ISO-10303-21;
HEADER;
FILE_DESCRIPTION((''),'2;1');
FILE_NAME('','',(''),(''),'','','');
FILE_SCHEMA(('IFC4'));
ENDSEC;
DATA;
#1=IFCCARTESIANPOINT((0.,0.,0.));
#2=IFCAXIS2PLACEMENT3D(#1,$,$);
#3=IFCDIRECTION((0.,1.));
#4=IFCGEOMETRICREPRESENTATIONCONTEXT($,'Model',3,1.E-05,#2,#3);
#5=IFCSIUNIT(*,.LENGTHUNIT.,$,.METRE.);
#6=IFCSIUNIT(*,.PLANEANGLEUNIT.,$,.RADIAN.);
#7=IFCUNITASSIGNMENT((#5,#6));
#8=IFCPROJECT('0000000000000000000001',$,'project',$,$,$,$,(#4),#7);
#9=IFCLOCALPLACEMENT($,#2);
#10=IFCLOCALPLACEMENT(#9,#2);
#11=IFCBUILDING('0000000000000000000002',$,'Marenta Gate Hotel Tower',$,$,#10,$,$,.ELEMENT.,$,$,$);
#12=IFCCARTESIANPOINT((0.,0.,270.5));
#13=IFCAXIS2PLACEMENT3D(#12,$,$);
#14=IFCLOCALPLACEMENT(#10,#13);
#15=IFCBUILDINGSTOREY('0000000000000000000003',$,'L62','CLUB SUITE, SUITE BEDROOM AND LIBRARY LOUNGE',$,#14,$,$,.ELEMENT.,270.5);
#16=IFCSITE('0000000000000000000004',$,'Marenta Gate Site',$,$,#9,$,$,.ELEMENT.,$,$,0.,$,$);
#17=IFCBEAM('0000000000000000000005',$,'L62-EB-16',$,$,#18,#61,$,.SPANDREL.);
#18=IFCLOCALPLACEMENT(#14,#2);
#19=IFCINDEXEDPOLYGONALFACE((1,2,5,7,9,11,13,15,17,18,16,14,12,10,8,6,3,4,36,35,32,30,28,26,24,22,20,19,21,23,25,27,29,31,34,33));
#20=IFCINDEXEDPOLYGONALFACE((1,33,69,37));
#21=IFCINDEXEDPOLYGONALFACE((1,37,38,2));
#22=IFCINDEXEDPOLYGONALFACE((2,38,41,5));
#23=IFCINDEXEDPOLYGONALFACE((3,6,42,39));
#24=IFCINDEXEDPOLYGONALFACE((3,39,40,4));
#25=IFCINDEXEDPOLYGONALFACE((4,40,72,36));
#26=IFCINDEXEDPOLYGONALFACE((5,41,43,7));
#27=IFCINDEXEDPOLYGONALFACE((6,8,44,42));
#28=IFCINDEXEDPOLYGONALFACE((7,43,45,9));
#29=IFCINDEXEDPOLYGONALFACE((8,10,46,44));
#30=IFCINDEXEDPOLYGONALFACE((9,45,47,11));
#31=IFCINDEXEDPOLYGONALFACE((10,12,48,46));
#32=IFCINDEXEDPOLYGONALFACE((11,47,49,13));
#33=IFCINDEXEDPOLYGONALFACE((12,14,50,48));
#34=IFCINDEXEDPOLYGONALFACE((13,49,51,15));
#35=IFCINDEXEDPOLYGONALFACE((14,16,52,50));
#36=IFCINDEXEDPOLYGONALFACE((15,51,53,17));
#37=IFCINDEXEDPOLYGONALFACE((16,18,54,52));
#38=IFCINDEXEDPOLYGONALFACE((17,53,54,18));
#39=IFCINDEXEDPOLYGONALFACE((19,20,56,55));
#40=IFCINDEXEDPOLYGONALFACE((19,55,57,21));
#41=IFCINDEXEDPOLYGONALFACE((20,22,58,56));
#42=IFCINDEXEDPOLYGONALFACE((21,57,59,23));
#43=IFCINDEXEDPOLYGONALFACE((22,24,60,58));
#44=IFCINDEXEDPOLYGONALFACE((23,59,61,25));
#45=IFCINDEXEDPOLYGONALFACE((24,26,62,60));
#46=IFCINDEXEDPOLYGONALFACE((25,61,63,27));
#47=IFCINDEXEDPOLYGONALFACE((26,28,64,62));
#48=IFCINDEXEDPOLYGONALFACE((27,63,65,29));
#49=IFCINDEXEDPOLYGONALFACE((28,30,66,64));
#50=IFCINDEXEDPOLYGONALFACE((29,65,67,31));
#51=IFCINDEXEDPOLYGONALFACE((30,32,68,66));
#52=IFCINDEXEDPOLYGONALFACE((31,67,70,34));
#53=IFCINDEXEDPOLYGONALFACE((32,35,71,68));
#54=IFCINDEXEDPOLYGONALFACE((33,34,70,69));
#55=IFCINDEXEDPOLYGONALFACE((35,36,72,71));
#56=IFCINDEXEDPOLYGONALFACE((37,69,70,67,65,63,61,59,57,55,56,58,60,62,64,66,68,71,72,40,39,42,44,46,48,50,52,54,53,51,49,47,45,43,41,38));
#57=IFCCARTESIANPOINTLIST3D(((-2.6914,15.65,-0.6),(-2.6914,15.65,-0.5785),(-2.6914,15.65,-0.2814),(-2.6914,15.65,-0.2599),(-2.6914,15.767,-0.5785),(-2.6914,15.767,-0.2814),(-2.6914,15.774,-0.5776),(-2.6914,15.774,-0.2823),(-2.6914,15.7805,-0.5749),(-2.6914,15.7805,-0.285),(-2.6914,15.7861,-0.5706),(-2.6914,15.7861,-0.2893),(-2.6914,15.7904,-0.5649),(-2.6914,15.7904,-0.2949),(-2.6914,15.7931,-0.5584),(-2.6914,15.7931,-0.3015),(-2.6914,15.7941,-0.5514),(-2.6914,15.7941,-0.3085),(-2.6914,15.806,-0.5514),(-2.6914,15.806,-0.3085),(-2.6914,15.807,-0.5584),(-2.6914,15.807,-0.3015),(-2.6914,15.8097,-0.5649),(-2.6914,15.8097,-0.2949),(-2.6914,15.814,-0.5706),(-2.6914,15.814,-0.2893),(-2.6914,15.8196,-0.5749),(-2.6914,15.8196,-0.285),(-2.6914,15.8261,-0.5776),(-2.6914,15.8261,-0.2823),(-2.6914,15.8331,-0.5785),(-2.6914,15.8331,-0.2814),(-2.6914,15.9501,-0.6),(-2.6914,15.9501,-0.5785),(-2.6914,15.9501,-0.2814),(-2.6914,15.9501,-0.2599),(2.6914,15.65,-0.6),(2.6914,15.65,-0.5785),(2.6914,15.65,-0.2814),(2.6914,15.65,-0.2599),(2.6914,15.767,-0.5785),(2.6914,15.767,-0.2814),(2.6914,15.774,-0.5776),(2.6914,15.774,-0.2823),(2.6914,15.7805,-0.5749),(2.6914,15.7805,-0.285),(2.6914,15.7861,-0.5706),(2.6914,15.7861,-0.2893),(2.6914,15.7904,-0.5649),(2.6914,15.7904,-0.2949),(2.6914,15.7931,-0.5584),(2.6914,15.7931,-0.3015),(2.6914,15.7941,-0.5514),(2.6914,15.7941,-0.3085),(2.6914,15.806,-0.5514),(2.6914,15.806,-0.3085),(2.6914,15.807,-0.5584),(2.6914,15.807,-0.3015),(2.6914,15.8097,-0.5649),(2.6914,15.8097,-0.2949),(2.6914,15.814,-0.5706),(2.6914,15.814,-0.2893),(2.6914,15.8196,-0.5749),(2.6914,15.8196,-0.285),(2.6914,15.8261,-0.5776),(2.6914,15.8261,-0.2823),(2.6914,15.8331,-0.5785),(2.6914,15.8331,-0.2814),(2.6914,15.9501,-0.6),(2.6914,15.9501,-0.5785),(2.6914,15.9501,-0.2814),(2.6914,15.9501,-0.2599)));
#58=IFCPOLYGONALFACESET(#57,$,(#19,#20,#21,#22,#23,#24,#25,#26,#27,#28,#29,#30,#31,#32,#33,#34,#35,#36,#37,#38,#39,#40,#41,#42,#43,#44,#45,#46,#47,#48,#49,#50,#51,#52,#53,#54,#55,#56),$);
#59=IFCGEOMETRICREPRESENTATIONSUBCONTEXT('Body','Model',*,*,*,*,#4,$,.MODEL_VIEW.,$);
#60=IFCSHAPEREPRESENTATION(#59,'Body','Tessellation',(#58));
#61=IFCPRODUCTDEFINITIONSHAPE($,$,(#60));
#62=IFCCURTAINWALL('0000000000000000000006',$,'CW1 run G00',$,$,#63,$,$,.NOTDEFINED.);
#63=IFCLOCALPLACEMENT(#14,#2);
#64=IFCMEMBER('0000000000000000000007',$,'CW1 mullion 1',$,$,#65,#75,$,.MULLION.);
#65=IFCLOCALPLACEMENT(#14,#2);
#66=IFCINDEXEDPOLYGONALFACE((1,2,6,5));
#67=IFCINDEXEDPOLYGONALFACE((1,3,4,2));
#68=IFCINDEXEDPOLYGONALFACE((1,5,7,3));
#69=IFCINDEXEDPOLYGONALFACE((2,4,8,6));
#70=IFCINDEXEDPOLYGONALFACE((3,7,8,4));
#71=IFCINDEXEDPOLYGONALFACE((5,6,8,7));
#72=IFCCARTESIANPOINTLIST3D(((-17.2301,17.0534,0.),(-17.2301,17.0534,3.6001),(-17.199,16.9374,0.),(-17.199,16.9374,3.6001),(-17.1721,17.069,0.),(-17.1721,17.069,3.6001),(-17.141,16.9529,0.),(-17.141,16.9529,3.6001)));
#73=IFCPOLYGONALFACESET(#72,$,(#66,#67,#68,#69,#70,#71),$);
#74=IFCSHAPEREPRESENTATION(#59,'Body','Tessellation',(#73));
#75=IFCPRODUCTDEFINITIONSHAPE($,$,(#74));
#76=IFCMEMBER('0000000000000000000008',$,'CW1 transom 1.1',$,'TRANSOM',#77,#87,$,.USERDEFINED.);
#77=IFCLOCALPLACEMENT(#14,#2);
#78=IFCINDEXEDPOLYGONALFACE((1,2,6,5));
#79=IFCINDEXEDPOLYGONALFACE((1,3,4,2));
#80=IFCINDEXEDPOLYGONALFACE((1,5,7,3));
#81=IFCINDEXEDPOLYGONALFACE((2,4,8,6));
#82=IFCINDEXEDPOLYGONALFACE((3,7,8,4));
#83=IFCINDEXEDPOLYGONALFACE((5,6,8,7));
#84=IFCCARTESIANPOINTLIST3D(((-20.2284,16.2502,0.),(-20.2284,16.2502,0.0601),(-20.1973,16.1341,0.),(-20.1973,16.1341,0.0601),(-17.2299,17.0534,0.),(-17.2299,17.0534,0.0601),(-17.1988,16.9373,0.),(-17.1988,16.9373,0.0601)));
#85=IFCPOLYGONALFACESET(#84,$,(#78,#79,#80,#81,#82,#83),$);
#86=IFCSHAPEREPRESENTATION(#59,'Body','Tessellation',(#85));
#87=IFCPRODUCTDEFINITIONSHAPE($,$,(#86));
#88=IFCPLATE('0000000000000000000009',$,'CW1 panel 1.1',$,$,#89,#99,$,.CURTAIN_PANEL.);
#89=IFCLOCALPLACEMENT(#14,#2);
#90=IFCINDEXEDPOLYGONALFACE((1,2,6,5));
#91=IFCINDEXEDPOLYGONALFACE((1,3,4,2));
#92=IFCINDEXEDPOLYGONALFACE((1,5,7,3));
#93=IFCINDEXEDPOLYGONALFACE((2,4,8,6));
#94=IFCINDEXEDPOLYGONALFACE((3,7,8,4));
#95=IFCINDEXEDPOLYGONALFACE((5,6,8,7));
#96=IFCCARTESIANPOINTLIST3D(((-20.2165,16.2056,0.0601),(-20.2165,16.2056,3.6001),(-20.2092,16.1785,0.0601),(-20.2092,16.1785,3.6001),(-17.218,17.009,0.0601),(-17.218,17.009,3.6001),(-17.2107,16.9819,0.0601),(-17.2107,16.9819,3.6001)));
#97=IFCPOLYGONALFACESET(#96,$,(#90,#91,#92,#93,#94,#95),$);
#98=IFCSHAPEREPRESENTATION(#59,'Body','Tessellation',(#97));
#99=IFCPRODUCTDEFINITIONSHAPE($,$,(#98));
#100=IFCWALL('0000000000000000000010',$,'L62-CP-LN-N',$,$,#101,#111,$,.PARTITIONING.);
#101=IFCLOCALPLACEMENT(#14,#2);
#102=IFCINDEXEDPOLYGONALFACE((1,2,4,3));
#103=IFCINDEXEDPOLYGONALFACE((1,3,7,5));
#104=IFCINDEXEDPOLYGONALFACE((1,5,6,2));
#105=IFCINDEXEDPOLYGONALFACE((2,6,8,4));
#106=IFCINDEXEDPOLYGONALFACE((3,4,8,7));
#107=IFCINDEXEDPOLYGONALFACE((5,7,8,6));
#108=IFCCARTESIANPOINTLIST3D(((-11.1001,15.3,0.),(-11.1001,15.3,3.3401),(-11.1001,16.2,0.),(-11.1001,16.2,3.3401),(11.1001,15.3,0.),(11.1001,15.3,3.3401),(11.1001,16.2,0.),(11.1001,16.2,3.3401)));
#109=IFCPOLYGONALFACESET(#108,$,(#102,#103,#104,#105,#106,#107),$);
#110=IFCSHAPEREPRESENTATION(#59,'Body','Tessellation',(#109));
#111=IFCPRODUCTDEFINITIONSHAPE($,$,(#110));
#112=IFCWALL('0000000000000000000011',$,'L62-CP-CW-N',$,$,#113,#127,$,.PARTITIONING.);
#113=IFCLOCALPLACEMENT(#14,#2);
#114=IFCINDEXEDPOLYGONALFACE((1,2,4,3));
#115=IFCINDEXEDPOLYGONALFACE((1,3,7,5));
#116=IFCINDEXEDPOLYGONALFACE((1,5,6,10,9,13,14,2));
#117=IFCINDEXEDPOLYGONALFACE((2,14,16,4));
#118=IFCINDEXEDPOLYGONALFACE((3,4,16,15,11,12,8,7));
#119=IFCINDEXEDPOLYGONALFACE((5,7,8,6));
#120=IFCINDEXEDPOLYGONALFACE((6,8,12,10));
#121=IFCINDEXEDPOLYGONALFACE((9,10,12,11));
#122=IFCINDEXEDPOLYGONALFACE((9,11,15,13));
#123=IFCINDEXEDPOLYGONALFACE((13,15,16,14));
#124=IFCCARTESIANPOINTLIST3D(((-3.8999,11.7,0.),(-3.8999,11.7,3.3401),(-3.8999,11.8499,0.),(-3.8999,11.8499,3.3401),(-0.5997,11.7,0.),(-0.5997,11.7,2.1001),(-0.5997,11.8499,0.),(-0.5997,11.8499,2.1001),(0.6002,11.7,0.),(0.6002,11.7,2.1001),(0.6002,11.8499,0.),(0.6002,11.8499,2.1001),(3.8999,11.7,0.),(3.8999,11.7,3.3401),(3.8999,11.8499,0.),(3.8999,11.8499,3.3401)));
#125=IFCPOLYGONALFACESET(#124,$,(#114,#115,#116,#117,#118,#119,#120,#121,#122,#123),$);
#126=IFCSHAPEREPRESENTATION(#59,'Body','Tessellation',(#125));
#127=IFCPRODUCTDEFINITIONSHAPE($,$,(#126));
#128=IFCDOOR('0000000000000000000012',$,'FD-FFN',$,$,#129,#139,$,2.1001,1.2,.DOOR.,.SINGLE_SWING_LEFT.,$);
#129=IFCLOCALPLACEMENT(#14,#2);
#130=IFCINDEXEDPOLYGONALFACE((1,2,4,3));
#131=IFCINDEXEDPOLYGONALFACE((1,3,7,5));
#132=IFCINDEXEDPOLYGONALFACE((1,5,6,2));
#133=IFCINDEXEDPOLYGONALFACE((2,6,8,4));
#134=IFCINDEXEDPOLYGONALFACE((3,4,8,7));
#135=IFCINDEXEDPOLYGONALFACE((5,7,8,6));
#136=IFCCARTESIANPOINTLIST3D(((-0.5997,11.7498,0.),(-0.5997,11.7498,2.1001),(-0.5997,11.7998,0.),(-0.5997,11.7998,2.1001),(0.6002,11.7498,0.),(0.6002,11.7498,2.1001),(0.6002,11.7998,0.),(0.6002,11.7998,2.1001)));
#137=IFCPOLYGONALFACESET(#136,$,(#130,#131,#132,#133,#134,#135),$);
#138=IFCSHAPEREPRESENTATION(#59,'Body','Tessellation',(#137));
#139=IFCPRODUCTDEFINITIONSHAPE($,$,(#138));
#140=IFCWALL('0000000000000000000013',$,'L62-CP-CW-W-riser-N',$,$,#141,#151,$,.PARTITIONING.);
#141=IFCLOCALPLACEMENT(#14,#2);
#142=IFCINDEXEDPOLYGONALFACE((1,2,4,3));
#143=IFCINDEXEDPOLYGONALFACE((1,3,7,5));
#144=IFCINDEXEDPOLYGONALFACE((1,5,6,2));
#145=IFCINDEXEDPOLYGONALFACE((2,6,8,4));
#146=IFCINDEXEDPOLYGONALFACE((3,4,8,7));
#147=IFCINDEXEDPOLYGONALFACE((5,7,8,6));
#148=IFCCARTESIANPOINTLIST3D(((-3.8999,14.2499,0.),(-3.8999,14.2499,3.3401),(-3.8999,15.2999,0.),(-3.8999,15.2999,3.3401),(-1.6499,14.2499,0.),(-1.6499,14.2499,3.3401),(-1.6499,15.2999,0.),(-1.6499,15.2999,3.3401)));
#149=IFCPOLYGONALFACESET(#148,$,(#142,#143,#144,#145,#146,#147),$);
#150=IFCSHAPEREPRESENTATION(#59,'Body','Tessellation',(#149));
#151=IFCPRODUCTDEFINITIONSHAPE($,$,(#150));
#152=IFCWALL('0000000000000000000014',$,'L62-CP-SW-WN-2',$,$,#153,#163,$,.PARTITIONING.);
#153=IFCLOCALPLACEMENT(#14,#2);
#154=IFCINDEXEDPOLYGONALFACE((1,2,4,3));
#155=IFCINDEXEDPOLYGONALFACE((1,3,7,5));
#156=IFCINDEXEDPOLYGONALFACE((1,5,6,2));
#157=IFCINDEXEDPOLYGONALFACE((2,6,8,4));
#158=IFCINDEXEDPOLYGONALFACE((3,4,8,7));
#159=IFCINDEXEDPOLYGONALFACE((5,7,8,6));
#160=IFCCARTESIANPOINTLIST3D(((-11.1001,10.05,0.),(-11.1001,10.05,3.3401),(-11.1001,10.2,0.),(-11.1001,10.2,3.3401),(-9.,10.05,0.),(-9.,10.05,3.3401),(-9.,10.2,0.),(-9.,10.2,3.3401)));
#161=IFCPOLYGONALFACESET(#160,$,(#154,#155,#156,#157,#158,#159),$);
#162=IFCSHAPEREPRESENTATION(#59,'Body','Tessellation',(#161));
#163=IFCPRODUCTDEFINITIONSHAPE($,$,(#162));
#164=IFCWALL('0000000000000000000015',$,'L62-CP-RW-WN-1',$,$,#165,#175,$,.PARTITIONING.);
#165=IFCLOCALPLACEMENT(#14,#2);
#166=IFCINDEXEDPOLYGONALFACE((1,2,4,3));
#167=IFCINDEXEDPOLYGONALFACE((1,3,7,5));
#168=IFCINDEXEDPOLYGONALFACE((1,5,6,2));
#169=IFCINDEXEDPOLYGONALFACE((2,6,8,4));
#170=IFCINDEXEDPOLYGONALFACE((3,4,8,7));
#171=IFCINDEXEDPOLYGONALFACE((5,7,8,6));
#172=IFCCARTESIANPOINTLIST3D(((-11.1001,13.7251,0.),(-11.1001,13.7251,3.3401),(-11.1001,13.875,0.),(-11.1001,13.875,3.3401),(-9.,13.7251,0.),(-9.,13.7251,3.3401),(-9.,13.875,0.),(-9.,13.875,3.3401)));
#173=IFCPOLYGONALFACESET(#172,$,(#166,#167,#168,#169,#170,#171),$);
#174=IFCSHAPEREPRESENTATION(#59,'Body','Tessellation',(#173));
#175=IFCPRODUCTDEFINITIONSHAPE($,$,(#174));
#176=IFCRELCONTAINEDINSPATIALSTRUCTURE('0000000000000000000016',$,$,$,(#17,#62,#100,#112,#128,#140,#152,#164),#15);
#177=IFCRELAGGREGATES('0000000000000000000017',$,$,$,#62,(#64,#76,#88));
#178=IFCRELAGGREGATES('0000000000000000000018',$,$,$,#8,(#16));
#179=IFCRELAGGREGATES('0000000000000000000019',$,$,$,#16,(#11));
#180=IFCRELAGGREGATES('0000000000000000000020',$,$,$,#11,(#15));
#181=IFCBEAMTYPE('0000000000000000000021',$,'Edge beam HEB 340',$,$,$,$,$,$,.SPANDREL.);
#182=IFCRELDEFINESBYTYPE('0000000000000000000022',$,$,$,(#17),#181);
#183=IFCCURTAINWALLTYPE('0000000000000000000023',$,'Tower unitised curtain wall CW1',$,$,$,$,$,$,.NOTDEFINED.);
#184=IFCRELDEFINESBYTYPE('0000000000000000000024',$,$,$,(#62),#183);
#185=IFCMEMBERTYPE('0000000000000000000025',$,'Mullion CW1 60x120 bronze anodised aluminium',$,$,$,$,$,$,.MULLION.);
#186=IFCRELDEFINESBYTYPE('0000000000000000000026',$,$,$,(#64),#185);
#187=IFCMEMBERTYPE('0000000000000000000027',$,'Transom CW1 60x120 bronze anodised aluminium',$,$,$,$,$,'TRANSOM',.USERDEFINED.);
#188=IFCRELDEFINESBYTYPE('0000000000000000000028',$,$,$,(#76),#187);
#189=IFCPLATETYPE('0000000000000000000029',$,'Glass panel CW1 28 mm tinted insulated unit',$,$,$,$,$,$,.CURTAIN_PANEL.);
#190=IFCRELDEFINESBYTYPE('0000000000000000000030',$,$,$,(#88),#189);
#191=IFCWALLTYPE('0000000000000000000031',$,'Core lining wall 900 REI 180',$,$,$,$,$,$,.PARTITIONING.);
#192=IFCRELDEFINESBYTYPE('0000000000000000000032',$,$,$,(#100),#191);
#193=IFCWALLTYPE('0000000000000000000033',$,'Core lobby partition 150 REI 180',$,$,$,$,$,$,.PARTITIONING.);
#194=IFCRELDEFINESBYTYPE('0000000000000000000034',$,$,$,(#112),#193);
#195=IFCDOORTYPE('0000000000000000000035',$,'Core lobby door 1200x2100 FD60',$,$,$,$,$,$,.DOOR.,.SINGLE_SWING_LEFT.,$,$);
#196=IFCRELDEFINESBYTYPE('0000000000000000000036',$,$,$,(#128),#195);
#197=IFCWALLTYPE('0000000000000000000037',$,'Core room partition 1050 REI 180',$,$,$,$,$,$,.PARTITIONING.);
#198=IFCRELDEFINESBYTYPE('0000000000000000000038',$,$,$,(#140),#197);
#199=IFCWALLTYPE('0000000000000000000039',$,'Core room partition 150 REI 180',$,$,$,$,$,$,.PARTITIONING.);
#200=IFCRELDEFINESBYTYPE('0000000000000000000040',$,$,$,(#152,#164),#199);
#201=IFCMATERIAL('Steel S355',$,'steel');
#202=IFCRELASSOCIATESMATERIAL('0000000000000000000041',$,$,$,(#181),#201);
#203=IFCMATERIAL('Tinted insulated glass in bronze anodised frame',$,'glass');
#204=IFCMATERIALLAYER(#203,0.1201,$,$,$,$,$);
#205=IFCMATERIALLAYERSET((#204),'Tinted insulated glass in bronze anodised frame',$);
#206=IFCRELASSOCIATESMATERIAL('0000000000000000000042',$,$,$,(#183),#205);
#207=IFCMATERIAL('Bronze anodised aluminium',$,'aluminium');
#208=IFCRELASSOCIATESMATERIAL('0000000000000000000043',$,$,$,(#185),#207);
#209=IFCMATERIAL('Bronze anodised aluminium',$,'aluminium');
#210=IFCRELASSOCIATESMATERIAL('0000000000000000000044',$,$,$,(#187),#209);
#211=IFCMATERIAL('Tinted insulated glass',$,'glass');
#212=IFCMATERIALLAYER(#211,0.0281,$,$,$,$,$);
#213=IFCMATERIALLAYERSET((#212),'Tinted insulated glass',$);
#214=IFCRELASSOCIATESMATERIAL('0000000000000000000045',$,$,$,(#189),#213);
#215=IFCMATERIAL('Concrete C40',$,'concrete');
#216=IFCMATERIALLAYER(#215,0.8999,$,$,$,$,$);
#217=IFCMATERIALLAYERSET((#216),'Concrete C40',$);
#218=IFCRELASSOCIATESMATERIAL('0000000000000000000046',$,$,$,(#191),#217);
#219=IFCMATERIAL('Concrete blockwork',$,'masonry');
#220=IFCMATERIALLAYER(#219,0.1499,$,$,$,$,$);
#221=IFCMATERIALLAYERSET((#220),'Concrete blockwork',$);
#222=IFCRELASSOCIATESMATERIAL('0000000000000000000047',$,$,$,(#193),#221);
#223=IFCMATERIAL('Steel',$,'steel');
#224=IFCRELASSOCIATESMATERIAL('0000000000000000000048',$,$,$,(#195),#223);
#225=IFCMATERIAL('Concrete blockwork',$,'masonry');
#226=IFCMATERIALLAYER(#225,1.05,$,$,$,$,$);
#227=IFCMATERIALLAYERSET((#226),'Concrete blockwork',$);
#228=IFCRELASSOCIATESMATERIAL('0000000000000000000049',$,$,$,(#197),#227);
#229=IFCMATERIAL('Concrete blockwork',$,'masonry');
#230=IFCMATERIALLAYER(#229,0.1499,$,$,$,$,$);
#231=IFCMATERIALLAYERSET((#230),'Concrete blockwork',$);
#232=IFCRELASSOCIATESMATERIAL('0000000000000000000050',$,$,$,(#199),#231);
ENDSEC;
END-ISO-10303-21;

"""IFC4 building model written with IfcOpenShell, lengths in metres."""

from ifc_helpers import new_model, si_unit, direction, frame, frame_2d, origin, origin_2d, place, context, subcontext, project, spatial, rectangle, i_section, extrude, material, layer, layer_set, material_profile, profile_set, type_object, element, fill, aggregate, save


model = new_model("IFC4")

# Units and contexts
model_context = context("Model", 3, precision=1e-05, world=origin(), true_north=direction((0.0, 1.0)))
body_context = subcontext(model_context, "Body", "Model", "MODEL_VIEW")
ifc_project = project(units=[si_unit("LENGTHUNIT", "METRE"), si_unit("PLANEANGLEUNIT", "RADIAN")], contexts=[model_context])

# Site, building, storey
site_placement = place(None, origin())
site = spatial("IfcSite", under=ifc_project, at=site_placement, Name="Marenta Gate Site", CompositionType="ELEMENT", RefElevation=0.0)
building_placement = place(site_placement, origin())
building = spatial("IfcBuilding", under=site, at=building_placement, Name="Marenta Gate Hotel Tower", CompositionType="ELEMENT")
storey_placement = place(building_placement, frame((0.0, 0.0, 270.5)))
storey = spatial("IfcBuildingStorey", under=building, at=storey_placement, Name="L62", Description="CLUB SUITE, SUITE BEDROOM AND LIBRARY LOUNGE", CompositionType="ELEMENT", Elevation=270.5)

# Beam
ifc_material_1 = material(Name="Steel S355", Category="steel")
ifc_material_profile_1 = material_profile(ifc_material_1, i_section(OverallWidth=0.3, OverallDepth=0.3401, WebThickness=0.012, FlangeThickness=0.0215, FilletRadius=0.0271, at=origin_2d()), Name="HEB 340")
ifc_profile_set_1 = profile_set([ifc_material_profile_1], Name="Steel S355")
beam_type = type_object("IfcBeamType", Name="Edge beam HEB 340", PredefinedType="SPANDREL", material=ifc_profile_set_1)
for number, where, z_axis, x_axis, name in (
    (1, (-2.6914, 15.8, -0.4299), (1.0, 0.0, 0.0), (0.0, 1.0, 0.0), "L62-EB-16"),
):
    element("IfcBeam", number, at=place(storey_placement, frame(where, z_axis=z_axis, x_axis=x_axis)), inside=storey, type_object=beam_type, Name=name, PredefinedType="SPANDREL", context=body_context, shape_type="SweptSolid", body=[
        extrude(i_section(OverallWidth=0.3, OverallDepth=0.3401, WebThickness=0.012, FlangeThickness=0.0215, FilletRadius=0.0271, at=origin_2d()), origin(), (0.0, 0.0, 1.0), 5.3828),
    ])

# Curtain wall, members, plate
ifc_material_2 = material(Name="Tinted insulated glass in bronze anodised frame", Category="glass")
ifc_layer_1 = layer(ifc_material_2, 0.1201)
ifc_layer_set_1 = layer_set([ifc_layer_1], Name="Tinted insulated glass in bronze anodised frame")
curtain_wall_type = type_object("IfcCurtainWallType", Name="Tower unitised curtain wall CW1", PredefinedType="NOTDEFINED", material=ifc_layer_set_1)
curtain_wall_placement = place(storey_placement, origin())
curtain_wall = element("IfcCurtainWall", 2, at=curtain_wall_placement, inside=storey, type_object=curtain_wall_type, Name="CW1 run G00", PredefinedType="NOTDEFINED")
ifc_material_3 = material(Name="Bronze anodised aluminium", Category="aluminium")
ifc_material_profile_2 = material_profile(ifc_material_3, rectangle(XDim=0.1201, YDim=0.0601, at=origin_2d()), Name="Mullion CW1 60x120 bronze anodised aluminium")
ifc_profile_set_2 = profile_set([ifc_material_profile_2], Name="Bronze anodised aluminium")
member_type_1 = type_object("IfcMemberType", Name="Mullion CW1 60x120 bronze anodised aluminium", PredefinedType="MULLION", material=ifc_profile_set_2)
member_1_placement = place(storey_placement, frame((-17.1855, 17.0032, 0.0), z_axis=(0.0, 0.0, 1.0), x_axis=(0.258801, -0.965931, 0.0)))
member_1 = element("IfcMember", 3, at=member_1_placement, type_object=member_type_1, Name="CW1 mullion 1", PredefinedType="MULLION", context=body_context, shape_type="SweptSolid", body=[
    extrude(rectangle(XDim=0.1201, YDim=0.0601, at=origin_2d()), origin(), (0.0, 0.0, 1.0), 3.6001),
])
ifc_material_4 = material(Name="Bronze anodised aluminium", Category="aluminium")
ifc_material_profile_3 = material_profile(ifc_material_4, rectangle(XDim=0.1201, YDim=0.0601, at=origin_2d()), Name="Transom CW1 60x120 bronze anodised aluminium")
ifc_profile_set_3 = profile_set([ifc_material_profile_3], Name="Bronze anodised aluminium")
member_type_2 = type_object("IfcMemberType", Name="Transom CW1 60x120 bronze anodised aluminium", ElementType="TRANSOM", PredefinedType="USERDEFINED", material=ifc_profile_set_3)
member_2_placement = place(storey_placement, frame((-17.2144, 16.9954, 0.03), z_axis=(-0.965945, -0.258749, 0.0), x_axis=(0.258749, -0.965945, 0.0)))
member_2 = element("IfcMember", 4, at=member_2_placement, type_object=member_type_2, Name="CW1 transom 1.1", ObjectType="TRANSOM", PredefinedType="USERDEFINED", context=body_context, shape_type="SweptSolid", body=[
    extrude(rectangle(XDim=0.1201, YDim=0.0601, at=origin_2d()), origin(), (0.0, 0.0, 1.0), 3.1042),
])
ifc_material_5 = material(Name="Tinted insulated glass", Category="glass")
ifc_layer_2 = layer(ifc_material_5, 0.0281)
ifc_layer_set_2 = layer_set([ifc_layer_2], Name="Tinted insulated glass")
plate_type = type_object("IfcPlateType", Name="Glass panel CW1 28 mm tinted insulated unit", PredefinedType="CURTAIN_PANEL", material=ifc_layer_set_2)
plate_placement = place(storey_placement, frame((-18.7136, 16.5938, 0.0601), z_axis=(0.0, 0.0, 1.0), x_axis=(-0.965931, -0.258801, 0.0)))
plate = element("IfcPlate", 5, at=plate_placement, type_object=plate_type, Name="CW1 panel 1.1", PredefinedType="CURTAIN_PANEL", context=body_context, shape_type="SweptSolid", body=[
    extrude(rectangle(XDim=3.1042, YDim=0.0281, at=origin_2d()), origin(), (0.0, 0.0, 1.0), 3.54),
])
aggregate(curtain_wall, [member_1, member_2, plate])

# Wall
ifc_material_6 = material(Name="Concrete C40", Category="concrete")
ifc_layer_3 = layer(ifc_material_6, 0.8999)
ifc_layer_set_3 = layer_set([ifc_layer_3], Name="Concrete C40")
wall_type_1 = type_object("IfcWallType", Name="Core lining wall 900 REI 180", PredefinedType="PARTITIONING", material=ifc_layer_set_3)
wall_1_placement = place(storey_placement, frame((-11.1001, 15.75, 0.0), z_axis=(0.0, 0.0, 1.0), x_axis=(1.0, 0.0, 0.0)))
element("IfcWall", 6, at=wall_1_placement, inside=storey, type_object=wall_type_1, Name="L62-CP-LN-N", PredefinedType="PARTITIONING", context=body_context, shape_type="SweptSolid", body=[
    extrude(rectangle(XDim=22.2002, YDim=0.8999, at=frame_2d((11.1001, 0.0))), origin(), (0.0, 0.0, 1.0), 3.3401),
])

# Wall, opening, door
ifc_material_7 = material(Name="Concrete blockwork", Category="masonry")
ifc_layer_4 = layer(ifc_material_7, 0.1499)
ifc_layer_set_4 = layer_set([ifc_layer_4], Name="Concrete blockwork")
wall_type_2 = type_object("IfcWallType", Name="Core lobby partition 150 REI 180", PredefinedType="PARTITIONING", material=ifc_layer_set_4)
wall_2_placement = place(storey_placement, frame((-3.8999, 11.7749, 0.0), z_axis=(0.0, 0.0, 1.0), x_axis=(1.0, 0.0, 0.0)))
wall_2 = element("IfcWall", 7, at=wall_2_placement, inside=storey, type_object=wall_type_2, Name="L62-CP-CW-N", PredefinedType="PARTITIONING", context=body_context, shape_type="SweptSolid", body=[
    extrude(rectangle(XDim=7.7998, YDim=0.1499, at=frame_2d((3.8999, 0.0))), origin(), (0.0, 0.0, 1.0), 3.3401),
])
opening_1_placement = place(wall_2_placement, frame((3.3, 0.0, 0.0)))
opening_1 = element("IfcOpeningElement", 8, at=opening_1_placement, cuts=wall_2, PredefinedType="OPENING", context=body_context, shape_type="SweptSolid", body=[
    extrude(rectangle(XDim=1.2, YDim=2.1001, at=frame_2d((0.6001, 1.05))), frame((0.0, 0.075, 0.0), z_axis=(0.0, -1.0, 0.0), x_axis=(1.0, 0.0, 0.0)), (0.0, 0.0, 1.0), 0.1499),
])
ifc_material_8 = material(Name="Steel", Category="steel")
door_type_1 = type_object("IfcDoorType", Name="Core lobby door 1200x2100 FD60", OperationType="SINGLE_SWING_LEFT", PredefinedType="DOOR", material=ifc_material_8)
door_1_placement = place(opening_1_placement, origin())
door_1 = element("IfcDoor", 9, at=door_1_placement, inside=storey, type_object=door_type_1, Name="FD-FFN", OperationType="SINGLE_SWING_LEFT", OverallHeight=2.1001, OverallWidth=1.2, PredefinedType="DOOR", context=body_context, shape_type="SweptSolid", body=[
    extrude(rectangle(XDim=1.2, YDim=2.1001, at=frame_2d((0.6001, 1.05))), frame((0.0, 0.0249, 0.0), z_axis=(0.0, -1.0, 0.0), x_axis=(1.0, 0.0, 0.0)), (0.0, 0.0, 1.0), 0.05),
])
fill(opening_1, door_1)

# Walls
ifc_material_9 = material(Name="Concrete blockwork", Category="masonry")
ifc_layer_5 = layer(ifc_material_9, 1.05)
ifc_layer_set_5 = layer_set([ifc_layer_5], Name="Concrete blockwork")
wall_type_3 = type_object("IfcWallType", Name="Core room partition 1050 REI 180", PredefinedType="PARTITIONING", material=ifc_layer_set_5)
wall_3_placement = place(storey_placement, frame((-3.8999, 14.7749, 0.0), z_axis=(0.0, 0.0, 1.0), x_axis=(1.0, 0.0, 0.0)))
element("IfcWall", 10, at=wall_3_placement, inside=storey, type_object=wall_type_3, Name="L62-CP-CW-W-riser-N", PredefinedType="PARTITIONING", context=body_context, shape_type="SweptSolid", body=[
    extrude(rectangle(XDim=2.25, YDim=1.05, at=frame_2d((1.125, 0.0))), origin(), (0.0, 0.0, 1.0), 3.3401),
])
ifc_material_10 = material(Name="Concrete blockwork", Category="masonry")
ifc_layer_6 = layer(ifc_material_10, 0.1499)
ifc_layer_set_6 = layer_set([ifc_layer_6], Name="Concrete blockwork")
wall_type_4 = type_object("IfcWallType", Name="Core room partition 150 REI 180", PredefinedType="PARTITIONING", material=ifc_layer_set_6)
for number, where, z_axis, x_axis, name in (
    (11, (-11.1001, 10.125, 0.0), (0.0, 0.0, 1.0), (1.0, 0.0, 0.0), "L62-CP-SW-WN-2"),
    (12, (-11.1001, 13.8, 0.0), (0.0, 0.0, 1.0), (1.0, 0.0, 0.0), "L62-CP-RW-WN-1"),
):
    element("IfcWall", number, at=place(storey_placement, frame(where, z_axis=z_axis, x_axis=x_axis)), inside=storey, type_object=wall_type_4, Name=name, PredefinedType="PARTITIONING", context=body_context, shape_type="SweptSolid", body=[
        extrude(rectangle(XDim=2.1001, YDim=0.1499, at=frame_2d((1.05, 0.0))), origin(), (0.0, 0.0, 1.0), 3.3401),
    ])

save(model, "model.ifc")
